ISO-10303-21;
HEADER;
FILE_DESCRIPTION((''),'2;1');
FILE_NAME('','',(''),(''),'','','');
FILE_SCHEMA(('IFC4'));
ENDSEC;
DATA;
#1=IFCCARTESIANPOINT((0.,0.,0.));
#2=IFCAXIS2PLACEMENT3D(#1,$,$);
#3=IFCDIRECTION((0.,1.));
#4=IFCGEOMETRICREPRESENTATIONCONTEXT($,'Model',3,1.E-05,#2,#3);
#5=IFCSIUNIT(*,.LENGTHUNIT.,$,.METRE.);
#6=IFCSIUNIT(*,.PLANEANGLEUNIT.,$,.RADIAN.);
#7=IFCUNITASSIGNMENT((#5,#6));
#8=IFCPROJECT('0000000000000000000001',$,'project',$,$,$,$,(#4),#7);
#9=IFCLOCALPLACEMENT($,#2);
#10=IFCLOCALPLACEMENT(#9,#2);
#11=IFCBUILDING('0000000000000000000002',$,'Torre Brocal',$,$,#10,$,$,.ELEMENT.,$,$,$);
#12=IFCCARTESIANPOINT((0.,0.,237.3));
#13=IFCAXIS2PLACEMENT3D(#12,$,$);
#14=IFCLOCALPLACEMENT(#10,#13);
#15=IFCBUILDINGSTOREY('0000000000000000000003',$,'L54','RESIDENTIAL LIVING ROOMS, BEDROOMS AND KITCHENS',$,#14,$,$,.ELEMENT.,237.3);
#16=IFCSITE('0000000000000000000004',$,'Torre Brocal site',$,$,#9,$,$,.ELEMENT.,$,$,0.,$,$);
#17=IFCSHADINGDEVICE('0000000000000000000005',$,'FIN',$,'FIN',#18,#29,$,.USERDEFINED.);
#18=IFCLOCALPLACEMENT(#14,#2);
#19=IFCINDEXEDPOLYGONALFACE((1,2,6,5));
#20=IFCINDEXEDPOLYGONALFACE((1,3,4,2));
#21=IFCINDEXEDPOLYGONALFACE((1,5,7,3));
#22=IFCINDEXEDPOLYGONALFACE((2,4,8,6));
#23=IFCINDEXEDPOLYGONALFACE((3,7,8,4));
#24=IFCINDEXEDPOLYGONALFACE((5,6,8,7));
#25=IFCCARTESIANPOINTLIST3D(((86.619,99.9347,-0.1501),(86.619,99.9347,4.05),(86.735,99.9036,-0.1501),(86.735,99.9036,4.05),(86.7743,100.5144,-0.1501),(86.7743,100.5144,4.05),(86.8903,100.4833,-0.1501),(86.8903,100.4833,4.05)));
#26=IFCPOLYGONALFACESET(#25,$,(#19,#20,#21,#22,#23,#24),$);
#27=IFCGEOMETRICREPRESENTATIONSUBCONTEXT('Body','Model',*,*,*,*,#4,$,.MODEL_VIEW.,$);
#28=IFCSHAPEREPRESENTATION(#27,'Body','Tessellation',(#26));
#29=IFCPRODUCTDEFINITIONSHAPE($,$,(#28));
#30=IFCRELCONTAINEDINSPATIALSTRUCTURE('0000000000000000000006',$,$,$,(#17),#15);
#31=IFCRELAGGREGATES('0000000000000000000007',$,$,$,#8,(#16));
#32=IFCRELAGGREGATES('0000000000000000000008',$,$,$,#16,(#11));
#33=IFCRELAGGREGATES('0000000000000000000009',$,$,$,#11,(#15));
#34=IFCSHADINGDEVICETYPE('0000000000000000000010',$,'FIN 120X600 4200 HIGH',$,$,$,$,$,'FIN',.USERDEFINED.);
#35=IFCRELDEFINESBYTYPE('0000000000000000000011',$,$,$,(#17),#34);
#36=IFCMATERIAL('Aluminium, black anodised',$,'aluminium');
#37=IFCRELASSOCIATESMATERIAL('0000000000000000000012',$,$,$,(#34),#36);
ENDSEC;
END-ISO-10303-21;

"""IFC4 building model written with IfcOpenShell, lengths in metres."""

from ifc_helpers import new_model, si_unit, direction, frame, origin, origin_2d, place, context, subcontext, project, spatial, rectangle, extrude, material, material_profile, profile_set, type_object, element, save


model = new_model("IFC4")

# Units and contexts
model_context = context("Model", 3, precision=1e-05, world=origin(), true_north=direction((0.0, 1.0)))
body_context = subcontext(model_context, "Body", "Model", "MODEL_VIEW")
ifc_project = project(units=[si_unit("LENGTHUNIT", "METRE"), si_unit("PLANEANGLEUNIT", "RADIAN")], contexts=[model_context])

# Site, building, storey
site_placement = place(None, origin())
site = spatial("IfcSite", under=ifc_project, at=site_placement, Name="Torre Brocal site", CompositionType="ELEMENT", RefElevation=0.0)
building_placement = place(site_placement, origin())
building = spatial("IfcBuilding", under=site, at=building_placement, Name="Torre Brocal", CompositionType="ELEMENT")
storey_placement = place(building_placement, frame((0.0, 0.0, 237.3)))
storey = spatial("IfcBuildingStorey", under=building, at=storey_placement, Name="L54", Description="RESIDENTIAL LIVING ROOMS, BEDROOMS AND KITCHENS", CompositionType="ELEMENT", Elevation=237.3)

# Shading device
ifc_material_1 = material(Name="Aluminium, black anodised", Category="aluminium")
ifc_material_profile_1 = material_profile(ifc_material_1, rectangle(XDim=0.1201, YDim=0.6001, at=origin_2d()), Name="FIN 120X600 4200 HIGH")
ifc_profile_set_1 = profile_set([ifc_material_profile_1], Name="Aluminium, black anodised")
shading_device_type = type_object("IfcShadingDeviceType", Name="FIN 120X600 4200 HIGH", ElementType="FIN", PredefinedType="USERDEFINED", material=ifc_profile_set_1)
shading_device_placement = place(storey_placement, frame((86.7546, 100.209, -0.1501), z_axis=(0.0, 0.0, 1.0), x_axis=(-0.965926, 0.258819, 0.0)))
element("IfcShadingDevice", 1, at=shading_device_placement, inside=storey, type_object=shading_device_type, Name="FIN", ObjectType="FIN", PredefinedType="USERDEFINED", context=body_context, shape_type="SweptSolid", body=[
    extrude(rectangle(XDim=0.1201, YDim=0.6001, at=origin_2d()), origin(), (0.0, 0.0, 1.0), 4.2002),
])

save(model, "model.ifc")
